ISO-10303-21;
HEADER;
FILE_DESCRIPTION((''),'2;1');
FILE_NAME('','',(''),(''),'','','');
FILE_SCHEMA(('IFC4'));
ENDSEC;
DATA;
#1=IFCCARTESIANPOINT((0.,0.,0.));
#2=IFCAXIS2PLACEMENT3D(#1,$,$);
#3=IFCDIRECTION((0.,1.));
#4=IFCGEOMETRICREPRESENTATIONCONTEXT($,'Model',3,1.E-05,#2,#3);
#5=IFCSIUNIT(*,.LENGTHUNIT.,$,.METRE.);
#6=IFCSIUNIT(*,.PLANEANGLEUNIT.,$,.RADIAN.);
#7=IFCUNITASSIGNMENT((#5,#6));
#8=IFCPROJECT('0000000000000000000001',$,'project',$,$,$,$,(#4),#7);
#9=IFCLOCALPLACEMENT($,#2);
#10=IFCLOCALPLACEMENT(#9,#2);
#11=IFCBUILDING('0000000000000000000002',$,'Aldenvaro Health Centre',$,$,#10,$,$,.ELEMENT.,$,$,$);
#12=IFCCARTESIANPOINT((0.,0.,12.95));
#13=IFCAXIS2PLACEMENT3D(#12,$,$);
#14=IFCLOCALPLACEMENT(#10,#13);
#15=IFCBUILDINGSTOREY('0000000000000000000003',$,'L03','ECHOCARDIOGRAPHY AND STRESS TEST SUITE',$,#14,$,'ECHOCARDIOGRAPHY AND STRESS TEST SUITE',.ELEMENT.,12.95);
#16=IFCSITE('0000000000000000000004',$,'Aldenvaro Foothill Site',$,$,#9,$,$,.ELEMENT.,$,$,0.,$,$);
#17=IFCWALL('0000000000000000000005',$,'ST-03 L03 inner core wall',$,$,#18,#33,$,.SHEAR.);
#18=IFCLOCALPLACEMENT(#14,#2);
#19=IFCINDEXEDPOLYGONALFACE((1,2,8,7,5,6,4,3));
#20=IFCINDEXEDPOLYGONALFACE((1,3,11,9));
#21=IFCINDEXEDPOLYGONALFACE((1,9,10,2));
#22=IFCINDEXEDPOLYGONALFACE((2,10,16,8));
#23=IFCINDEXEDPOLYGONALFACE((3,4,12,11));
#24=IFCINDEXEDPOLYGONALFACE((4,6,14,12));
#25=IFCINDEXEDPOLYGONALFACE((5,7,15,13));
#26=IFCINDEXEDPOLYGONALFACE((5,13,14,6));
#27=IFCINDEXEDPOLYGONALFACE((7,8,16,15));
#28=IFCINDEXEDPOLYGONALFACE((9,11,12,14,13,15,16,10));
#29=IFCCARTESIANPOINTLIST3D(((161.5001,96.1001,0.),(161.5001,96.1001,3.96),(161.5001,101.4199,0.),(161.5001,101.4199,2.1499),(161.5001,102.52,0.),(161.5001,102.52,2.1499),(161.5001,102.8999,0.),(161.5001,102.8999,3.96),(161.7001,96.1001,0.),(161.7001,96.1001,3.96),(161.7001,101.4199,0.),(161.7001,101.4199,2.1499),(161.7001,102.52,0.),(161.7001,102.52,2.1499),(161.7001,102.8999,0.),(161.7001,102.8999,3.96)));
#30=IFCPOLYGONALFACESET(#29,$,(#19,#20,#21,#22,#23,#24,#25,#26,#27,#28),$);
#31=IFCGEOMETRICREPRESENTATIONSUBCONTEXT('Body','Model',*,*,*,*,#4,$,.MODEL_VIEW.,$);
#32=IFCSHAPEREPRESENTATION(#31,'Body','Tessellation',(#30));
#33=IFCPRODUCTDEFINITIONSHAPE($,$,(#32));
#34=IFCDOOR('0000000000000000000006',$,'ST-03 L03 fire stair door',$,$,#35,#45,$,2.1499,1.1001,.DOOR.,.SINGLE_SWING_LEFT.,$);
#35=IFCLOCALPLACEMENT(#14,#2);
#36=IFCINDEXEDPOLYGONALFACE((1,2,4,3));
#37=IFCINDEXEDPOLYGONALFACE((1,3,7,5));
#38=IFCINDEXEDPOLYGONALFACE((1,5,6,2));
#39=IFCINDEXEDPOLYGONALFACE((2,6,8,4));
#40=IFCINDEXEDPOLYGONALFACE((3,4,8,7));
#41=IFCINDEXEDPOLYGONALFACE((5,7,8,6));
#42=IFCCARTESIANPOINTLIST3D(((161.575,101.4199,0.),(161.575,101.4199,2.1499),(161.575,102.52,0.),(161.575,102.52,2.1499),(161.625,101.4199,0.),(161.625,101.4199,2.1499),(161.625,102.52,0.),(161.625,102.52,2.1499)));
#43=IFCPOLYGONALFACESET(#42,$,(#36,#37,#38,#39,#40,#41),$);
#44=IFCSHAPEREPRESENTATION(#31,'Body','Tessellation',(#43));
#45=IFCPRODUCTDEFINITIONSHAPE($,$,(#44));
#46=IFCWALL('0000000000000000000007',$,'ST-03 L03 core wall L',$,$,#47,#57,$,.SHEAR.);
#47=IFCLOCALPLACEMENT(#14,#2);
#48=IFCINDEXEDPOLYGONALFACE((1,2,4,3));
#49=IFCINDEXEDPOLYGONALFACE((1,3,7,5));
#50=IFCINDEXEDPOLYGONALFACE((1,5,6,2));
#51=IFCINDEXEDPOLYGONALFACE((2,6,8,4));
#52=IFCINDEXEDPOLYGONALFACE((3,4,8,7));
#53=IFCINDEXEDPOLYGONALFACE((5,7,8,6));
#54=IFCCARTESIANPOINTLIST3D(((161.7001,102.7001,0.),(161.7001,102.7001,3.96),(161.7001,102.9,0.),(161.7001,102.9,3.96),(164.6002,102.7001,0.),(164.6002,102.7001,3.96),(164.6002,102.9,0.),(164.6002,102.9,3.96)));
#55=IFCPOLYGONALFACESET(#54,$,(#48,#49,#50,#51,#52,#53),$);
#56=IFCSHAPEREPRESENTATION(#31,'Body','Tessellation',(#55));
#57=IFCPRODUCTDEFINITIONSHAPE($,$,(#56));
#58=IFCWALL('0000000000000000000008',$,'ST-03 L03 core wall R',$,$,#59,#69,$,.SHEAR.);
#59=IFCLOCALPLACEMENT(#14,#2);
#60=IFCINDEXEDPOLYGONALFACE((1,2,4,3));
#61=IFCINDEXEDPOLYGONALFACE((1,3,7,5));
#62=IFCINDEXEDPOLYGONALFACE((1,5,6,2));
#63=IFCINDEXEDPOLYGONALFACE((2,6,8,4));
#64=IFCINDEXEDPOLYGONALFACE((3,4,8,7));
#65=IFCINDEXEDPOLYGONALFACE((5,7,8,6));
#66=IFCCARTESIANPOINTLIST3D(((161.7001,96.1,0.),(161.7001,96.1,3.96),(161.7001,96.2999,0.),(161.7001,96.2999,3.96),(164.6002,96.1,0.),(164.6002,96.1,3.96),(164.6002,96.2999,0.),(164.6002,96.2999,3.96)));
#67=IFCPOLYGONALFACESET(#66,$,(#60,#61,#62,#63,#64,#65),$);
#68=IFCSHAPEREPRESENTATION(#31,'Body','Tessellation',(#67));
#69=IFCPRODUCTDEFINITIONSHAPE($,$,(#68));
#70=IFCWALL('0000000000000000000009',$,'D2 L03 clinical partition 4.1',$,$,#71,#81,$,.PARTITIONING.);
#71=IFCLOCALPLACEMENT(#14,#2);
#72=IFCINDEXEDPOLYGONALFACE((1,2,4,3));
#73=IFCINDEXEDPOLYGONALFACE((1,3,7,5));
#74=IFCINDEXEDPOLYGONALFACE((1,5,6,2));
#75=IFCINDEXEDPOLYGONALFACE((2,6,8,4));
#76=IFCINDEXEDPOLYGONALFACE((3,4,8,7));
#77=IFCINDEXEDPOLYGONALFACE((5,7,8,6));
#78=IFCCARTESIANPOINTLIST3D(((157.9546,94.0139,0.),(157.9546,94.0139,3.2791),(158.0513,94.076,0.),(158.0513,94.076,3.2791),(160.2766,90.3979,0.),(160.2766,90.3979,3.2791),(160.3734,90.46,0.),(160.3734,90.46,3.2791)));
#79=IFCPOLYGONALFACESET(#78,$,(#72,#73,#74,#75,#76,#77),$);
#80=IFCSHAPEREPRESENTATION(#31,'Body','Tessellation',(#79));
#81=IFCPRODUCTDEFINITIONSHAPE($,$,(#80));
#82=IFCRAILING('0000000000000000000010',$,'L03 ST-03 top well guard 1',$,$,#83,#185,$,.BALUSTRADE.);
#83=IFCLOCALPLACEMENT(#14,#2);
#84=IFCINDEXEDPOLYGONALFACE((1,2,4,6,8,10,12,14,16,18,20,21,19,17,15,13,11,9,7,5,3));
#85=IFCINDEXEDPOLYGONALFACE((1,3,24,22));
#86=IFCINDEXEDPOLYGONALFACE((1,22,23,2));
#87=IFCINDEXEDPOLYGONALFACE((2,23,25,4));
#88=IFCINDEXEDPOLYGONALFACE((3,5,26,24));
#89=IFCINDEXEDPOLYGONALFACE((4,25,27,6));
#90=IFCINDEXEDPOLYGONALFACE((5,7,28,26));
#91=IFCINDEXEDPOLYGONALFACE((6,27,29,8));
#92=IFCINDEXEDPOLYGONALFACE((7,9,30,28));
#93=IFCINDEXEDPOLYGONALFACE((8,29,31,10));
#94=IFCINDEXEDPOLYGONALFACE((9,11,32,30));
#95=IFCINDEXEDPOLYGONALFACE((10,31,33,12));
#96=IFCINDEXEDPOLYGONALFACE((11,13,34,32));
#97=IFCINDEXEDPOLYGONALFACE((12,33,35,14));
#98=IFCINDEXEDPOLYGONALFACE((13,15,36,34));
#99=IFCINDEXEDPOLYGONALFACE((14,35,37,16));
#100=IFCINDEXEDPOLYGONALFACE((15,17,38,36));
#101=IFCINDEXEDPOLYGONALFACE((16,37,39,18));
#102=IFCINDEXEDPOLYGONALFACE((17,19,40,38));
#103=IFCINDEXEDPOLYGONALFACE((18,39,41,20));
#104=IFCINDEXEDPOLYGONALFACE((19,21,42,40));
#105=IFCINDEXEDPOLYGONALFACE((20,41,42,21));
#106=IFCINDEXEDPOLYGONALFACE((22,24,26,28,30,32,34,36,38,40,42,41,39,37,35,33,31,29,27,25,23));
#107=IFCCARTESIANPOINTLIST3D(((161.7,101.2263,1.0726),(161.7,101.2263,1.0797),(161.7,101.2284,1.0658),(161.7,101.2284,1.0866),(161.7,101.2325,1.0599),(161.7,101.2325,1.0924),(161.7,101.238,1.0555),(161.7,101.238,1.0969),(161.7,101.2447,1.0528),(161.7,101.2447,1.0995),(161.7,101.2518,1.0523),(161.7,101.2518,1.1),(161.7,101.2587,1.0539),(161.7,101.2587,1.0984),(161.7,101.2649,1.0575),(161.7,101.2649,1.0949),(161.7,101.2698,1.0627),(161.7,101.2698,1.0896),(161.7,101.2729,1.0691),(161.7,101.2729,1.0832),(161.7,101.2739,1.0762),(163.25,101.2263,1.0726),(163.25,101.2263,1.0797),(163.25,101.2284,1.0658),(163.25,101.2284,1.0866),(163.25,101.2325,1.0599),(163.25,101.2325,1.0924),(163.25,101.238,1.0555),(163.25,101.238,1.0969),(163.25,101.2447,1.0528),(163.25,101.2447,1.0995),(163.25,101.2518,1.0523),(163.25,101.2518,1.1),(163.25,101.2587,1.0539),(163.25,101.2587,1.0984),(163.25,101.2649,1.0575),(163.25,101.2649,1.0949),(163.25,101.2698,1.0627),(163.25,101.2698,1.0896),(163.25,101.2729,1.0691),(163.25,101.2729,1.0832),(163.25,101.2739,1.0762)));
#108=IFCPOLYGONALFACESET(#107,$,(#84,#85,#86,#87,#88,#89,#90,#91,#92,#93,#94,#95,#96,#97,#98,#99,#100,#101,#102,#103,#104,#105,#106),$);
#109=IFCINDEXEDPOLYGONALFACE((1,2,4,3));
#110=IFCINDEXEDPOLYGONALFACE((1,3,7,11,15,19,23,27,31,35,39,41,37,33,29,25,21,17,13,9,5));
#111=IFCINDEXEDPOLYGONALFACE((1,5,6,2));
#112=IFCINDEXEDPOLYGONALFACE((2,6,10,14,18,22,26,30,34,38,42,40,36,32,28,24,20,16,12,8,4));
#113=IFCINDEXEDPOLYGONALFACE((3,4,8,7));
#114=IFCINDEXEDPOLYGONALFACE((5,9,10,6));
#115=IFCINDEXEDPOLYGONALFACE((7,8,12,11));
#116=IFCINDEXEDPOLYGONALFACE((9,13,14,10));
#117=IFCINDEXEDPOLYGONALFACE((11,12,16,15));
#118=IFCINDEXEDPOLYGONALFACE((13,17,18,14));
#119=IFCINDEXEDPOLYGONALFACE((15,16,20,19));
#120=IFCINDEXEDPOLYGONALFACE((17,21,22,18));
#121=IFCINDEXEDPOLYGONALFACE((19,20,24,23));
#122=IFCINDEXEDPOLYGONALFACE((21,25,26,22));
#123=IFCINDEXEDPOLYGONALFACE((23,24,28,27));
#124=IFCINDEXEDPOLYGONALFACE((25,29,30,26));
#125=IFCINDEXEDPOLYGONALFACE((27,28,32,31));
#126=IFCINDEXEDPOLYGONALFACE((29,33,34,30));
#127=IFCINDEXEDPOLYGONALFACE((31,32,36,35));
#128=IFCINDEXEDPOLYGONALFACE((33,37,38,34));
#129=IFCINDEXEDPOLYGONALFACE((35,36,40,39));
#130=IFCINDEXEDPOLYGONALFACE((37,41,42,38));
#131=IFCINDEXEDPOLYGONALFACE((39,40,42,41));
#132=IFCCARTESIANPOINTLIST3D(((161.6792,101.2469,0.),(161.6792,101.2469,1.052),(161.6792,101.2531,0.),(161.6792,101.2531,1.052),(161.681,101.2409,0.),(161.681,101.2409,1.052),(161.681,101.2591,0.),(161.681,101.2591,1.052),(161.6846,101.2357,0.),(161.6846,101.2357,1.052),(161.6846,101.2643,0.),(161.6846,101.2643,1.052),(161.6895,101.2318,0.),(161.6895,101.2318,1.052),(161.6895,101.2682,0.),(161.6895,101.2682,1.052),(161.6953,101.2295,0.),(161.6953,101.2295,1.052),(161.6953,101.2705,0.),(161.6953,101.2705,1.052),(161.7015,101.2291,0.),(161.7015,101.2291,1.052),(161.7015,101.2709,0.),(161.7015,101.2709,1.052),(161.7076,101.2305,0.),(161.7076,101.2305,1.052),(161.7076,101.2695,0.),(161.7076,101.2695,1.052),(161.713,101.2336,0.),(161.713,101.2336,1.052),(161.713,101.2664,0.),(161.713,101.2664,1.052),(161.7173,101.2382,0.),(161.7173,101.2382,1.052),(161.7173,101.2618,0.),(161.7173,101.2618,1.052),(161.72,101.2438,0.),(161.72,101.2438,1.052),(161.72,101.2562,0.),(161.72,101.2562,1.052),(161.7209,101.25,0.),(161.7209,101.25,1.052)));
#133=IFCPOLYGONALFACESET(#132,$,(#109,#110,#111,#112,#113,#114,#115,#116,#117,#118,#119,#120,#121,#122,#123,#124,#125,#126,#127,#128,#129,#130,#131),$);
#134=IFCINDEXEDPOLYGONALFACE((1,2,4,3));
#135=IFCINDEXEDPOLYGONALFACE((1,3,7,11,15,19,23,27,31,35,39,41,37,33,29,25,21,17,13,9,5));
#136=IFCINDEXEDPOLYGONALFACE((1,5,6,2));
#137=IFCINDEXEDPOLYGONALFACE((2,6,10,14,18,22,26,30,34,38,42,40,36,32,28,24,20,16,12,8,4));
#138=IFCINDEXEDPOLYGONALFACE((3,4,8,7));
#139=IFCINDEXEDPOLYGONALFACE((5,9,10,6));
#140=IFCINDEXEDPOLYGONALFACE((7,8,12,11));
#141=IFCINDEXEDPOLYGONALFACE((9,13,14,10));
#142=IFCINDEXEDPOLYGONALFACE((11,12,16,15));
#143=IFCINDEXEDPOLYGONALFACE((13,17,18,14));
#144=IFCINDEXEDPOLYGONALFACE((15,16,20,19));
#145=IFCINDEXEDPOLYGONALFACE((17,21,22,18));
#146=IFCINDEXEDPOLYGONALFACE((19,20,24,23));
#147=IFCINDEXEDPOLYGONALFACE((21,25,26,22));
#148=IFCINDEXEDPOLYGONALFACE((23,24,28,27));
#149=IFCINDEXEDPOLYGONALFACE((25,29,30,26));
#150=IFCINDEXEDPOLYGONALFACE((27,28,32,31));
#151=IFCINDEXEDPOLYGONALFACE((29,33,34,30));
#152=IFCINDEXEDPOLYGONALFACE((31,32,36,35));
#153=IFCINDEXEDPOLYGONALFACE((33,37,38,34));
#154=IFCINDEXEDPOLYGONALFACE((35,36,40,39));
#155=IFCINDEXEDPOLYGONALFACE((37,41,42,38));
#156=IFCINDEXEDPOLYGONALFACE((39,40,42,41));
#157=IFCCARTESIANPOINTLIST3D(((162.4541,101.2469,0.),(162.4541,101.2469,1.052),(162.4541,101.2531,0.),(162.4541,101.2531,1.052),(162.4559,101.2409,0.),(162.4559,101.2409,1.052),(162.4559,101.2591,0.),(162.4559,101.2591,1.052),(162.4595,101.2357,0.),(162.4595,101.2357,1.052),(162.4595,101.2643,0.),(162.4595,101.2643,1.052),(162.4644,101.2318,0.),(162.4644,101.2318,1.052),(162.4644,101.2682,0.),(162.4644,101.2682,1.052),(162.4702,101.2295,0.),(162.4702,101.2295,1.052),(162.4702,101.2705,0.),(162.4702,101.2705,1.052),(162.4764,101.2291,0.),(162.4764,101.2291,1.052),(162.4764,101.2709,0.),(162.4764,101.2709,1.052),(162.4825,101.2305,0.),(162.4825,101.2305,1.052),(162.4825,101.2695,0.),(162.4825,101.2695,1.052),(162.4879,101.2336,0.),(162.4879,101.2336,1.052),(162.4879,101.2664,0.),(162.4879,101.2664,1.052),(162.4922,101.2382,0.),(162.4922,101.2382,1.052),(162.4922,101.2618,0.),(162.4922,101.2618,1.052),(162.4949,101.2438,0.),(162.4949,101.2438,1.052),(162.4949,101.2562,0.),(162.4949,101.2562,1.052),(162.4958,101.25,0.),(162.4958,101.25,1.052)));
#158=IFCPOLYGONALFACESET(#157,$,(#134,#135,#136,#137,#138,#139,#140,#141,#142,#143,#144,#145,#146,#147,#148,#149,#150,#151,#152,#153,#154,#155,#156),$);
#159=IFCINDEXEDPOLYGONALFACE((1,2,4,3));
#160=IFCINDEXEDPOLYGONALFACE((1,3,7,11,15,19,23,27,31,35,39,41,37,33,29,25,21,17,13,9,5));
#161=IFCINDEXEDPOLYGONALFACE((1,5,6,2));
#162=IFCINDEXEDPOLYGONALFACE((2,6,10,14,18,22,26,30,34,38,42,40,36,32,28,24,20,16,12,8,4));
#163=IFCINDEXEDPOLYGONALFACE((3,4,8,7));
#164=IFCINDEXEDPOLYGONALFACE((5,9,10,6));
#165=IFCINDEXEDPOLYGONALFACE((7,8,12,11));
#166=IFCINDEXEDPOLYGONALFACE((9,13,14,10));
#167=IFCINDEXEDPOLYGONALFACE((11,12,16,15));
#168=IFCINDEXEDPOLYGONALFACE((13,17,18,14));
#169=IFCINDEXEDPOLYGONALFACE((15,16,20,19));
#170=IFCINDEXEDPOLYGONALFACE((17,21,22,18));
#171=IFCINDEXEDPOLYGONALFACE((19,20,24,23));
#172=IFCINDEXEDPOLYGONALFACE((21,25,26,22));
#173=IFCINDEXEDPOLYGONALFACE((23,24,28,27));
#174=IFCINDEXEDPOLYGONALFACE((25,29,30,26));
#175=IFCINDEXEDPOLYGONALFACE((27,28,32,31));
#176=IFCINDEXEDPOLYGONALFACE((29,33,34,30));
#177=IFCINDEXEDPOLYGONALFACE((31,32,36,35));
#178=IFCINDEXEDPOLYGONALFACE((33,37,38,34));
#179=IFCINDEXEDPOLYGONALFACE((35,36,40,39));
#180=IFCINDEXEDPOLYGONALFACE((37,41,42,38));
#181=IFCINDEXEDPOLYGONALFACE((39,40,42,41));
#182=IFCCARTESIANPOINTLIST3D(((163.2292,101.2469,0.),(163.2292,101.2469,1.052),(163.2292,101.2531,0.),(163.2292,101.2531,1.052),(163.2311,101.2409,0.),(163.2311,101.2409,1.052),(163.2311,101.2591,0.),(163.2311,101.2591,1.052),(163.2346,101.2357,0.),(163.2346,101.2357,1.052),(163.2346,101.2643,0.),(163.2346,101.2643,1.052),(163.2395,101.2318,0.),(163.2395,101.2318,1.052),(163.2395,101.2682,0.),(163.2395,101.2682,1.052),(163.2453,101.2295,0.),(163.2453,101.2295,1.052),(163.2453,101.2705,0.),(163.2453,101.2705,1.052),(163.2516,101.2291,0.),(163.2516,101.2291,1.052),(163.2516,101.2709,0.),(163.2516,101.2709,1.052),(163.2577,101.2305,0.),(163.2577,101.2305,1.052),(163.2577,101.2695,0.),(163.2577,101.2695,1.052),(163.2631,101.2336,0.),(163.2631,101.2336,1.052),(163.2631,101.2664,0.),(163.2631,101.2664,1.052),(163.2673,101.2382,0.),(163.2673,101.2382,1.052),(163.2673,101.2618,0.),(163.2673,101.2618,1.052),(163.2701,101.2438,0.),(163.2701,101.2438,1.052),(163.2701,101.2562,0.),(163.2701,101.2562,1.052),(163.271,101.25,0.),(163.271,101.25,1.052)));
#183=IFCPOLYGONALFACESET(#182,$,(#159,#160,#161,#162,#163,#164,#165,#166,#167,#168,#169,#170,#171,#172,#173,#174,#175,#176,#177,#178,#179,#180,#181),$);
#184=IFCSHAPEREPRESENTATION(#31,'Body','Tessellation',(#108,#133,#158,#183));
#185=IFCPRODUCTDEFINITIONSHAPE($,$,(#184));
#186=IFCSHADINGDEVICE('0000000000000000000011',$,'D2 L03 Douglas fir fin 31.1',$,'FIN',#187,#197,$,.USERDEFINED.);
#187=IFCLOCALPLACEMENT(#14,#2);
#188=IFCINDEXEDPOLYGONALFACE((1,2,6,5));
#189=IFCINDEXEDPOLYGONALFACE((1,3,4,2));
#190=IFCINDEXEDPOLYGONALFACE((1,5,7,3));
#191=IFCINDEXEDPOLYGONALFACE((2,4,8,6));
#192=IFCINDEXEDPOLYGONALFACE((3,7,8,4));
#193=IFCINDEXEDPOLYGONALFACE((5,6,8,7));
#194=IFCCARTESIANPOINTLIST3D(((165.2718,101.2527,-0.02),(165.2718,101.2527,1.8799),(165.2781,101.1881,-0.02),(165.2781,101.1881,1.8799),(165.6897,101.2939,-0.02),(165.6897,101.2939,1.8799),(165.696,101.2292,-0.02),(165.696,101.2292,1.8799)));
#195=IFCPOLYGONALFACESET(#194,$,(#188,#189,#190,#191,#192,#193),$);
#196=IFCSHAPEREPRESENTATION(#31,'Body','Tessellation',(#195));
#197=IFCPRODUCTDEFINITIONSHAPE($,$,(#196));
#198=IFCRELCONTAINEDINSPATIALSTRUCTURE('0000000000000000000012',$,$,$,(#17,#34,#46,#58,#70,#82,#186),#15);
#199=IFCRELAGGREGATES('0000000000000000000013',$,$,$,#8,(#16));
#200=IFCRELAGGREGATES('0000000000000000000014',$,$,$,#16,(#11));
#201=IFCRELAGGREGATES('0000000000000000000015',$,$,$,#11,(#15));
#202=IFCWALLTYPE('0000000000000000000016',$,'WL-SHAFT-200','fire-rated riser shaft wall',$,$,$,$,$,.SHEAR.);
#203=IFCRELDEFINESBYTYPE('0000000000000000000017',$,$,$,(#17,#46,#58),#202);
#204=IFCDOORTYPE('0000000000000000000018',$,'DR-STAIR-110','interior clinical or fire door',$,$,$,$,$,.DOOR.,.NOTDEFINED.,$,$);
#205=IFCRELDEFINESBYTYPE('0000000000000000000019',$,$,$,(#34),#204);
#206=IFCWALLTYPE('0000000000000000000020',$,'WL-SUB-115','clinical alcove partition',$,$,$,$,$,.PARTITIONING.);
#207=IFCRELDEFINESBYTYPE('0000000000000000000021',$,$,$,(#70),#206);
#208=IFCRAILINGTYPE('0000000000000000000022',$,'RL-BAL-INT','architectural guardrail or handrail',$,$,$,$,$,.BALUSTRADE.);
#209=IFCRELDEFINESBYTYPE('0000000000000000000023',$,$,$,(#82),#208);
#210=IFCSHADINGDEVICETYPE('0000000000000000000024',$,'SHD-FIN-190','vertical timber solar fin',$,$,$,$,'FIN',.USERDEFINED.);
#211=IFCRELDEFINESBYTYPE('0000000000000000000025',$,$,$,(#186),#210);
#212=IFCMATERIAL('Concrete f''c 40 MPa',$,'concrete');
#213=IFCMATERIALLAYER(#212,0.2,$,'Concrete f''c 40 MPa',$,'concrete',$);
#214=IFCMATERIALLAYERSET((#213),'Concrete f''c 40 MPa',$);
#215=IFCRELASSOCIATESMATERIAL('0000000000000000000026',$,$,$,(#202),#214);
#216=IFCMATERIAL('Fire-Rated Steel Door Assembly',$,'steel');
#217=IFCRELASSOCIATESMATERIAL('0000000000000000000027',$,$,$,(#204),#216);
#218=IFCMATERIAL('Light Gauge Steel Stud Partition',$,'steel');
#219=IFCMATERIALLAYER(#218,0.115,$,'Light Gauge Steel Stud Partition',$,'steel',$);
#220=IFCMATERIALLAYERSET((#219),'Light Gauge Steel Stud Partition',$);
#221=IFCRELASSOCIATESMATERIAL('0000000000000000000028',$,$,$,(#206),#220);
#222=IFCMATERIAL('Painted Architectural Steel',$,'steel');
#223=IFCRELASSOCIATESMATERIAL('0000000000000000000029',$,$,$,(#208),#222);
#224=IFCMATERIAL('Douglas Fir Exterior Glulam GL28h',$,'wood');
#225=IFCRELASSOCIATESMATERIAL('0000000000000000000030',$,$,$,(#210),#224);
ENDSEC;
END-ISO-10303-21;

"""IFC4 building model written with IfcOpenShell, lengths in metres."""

from ifc_helpers import new_model, si_unit, direction, frame, frame_2d, origin, origin_2d, place, context, subcontext, project, spatial, rectangle, circle, extrude, material, layer, layer_set, type_object, element, fill, save


model = new_model("IFC4")

# Units and contexts
model_context = context("Model", 3, precision=1e-05, world=origin(), true_north=direction((0.0, 1.0)))
body_context = subcontext(model_context, "Body", "Model", "MODEL_VIEW")
ifc_project = project(units=[si_unit("LENGTHUNIT", "METRE"), si_unit("PLANEANGLEUNIT", "RADIAN")], contexts=[model_context])

# Site, building, storey
site_placement = place(None, origin())
site = spatial("IfcSite", under=ifc_project, at=site_placement, Name="Aldenvaro Foothill Site", CompositionType="ELEMENT", RefElevation=0.0)
building_placement = place(site_placement, origin())
building = spatial("IfcBuilding", under=site, at=building_placement, Name="Aldenvaro Health Centre", CompositionType="ELEMENT")
storey_placement = place(building_placement, frame((0.0, 0.0, 12.95)))
storey = spatial("IfcBuildingStorey", under=building, at=storey_placement, Name="L03", Description="ECHOCARDIOGRAPHY AND STRESS TEST SUITE", LongName="ECHOCARDIOGRAPHY AND STRESS TEST SUITE", CompositionType="ELEMENT", Elevation=12.95)

# Wall, opening, door
ifc_material_1 = material(Name="Concrete f'c 40 MPa", Category="concrete")
ifc_layer_1 = layer(ifc_material_1, 0.2, Name="Concrete f'c 40 MPa", Category="concrete")
ifc_layer_set_1 = layer_set([ifc_layer_1], Name="Concrete f'c 40 MPa")
wall_type_1 = type_object("IfcWallType", Name="WL-SHAFT-200", Description="fire-rated riser shaft wall", PredefinedType="SHEAR", material=ifc_layer_set_1)
wall_1_placement = place(storey_placement, frame((161.6001, 102.8999, 0.0), z_axis=(0.0, 0.0, 1.0), x_axis=(0.0, -1.0, 0.0)))
wall_1 = element("IfcWall", 1, at=wall_1_placement, inside=storey, type_object=wall_type_1, Name="ST-03 L03 inner core wall", PredefinedType="SHEAR", context=body_context, shape_type="SweptSolid", body=[
    extrude(rectangle(XDim=6.7998, YDim=0.2, at=frame_2d((3.3999, 0.0))), origin(), (0.0, 0.0, 1.0), 3.96),
])
opening_1_placement = place(wall_1_placement, frame((0.3799, 0.0, 0.0)))
opening_1 = element("IfcOpeningElement", 2, at=opening_1_placement, cuts=wall_1, PredefinedType="OPENING", context=body_context, shape_type="SweptSolid", body=[
    extrude(rectangle(XDim=1.1001, YDim=2.1499, at=frame_2d((0.55, 1.075))), frame((0.0, 0.1099, 0.0), z_axis=(0.0, -1.0, 0.0), x_axis=(1.0, 0.0, 0.0)), (0.0, 0.0, 1.0), 0.22),
])
ifc_material_2 = material(Name="Fire-Rated Steel Door Assembly", Category="steel")
door_type_1 = type_object("IfcDoorType", Name="DR-STAIR-110", Description="interior clinical or fire door", OperationType="NOTDEFINED", PredefinedType="DOOR", material=ifc_material_2)
door_1_placement = place(opening_1_placement, origin())
door_1 = element("IfcDoor", 3, at=door_1_placement, inside=storey, type_object=door_type_1, Name="ST-03 L03 fire stair door", OperationType="SINGLE_SWING_LEFT", OverallHeight=2.1499, OverallWidth=1.1001, PredefinedType="DOOR", context=body_context, shape_type="SweptSolid", body=[
    extrude(rectangle(XDim=1.1001, YDim=2.1499, at=frame_2d((0.55, 1.075))), frame((0.0, 0.0249, 0.0), z_axis=(0.0, -1.0, 0.0), x_axis=(1.0, 0.0, 0.0)), (0.0, 0.0, 1.0), 0.05),
])
fill(opening_1, door_1)

# Walls
for number, where, z_axis, x_axis, name in (
    (4, (161.7, 102.8, 0.0), (0.0, 0.0, 1.0), (1.0, 0.0, 0.0), "ST-03 L03 core wall L"),
    (5, (161.7, 96.2, 0.0), (0.0, 0.0, 1.0), (1.0, 0.0, 0.0), "ST-03 L03 core wall R"),
):
    element("IfcWall", number, at=place(storey_placement, frame(where, z_axis=z_axis, x_axis=x_axis)), inside=storey, type_object=wall_type_1, Name=name, PredefinedType="SHEAR", context=body_context, shape_type="SweptSolid", body=[
        extrude(rectangle(XDim=2.9001, YDim=0.2, at=frame_2d((1.4502, 0.0))), origin(), (0.0, 0.0, 1.0), 3.96),
    ])
ifc_material_3 = material(Name="Light Gauge Steel Stud Partition", Category="steel")
ifc_layer_2 = layer(ifc_material_3, 0.115, Name="Light Gauge Steel Stud Partition", Category="steel")
ifc_layer_set_2 = layer_set([ifc_layer_2], Name="Light Gauge Steel Stud Partition")
wall_type_2 = type_object("IfcWallType", Name="WL-SUB-115", Description="clinical alcove partition", PredefinedType="PARTITIONING", material=ifc_layer_set_2)
wall_2_placement = place(storey_placement, frame((158.0029, 94.0449, 0.0), z_axis=(0.0, 0.0, 1.0), x_axis=(0.540341, -0.841446, 0.0)))
element("IfcWall", 6, at=wall_2_placement, inside=storey, type_object=wall_type_2, Name="D2 L03 clinical partition 4.1", PredefinedType="PARTITIONING", context=body_context, shape_type="SweptSolid", body=[
    extrude(rectangle(XDim=4.2974, YDim=0.115, at=frame_2d((2.1487, 0.0))), origin(), (0.0, 0.0, 1.0), 3.2791),
])

# Railing
ifc_material_4 = material(Name="Painted Architectural Steel", Category="steel")
railing_type_1 = type_object("IfcRailingType", Name="RL-BAL-INT", Description="architectural guardrail or handrail", PredefinedType="BALUSTRADE", material=ifc_material_4)
railing_1_placement = place(storey_placement, frame((161.7, 101.25, 0.0)))
element("IfcRailing", 7, at=railing_1_placement, inside=storey, type_object=railing_type_1, Name="L03 ST-03 top well guard 1", PredefinedType="BALUSTRADE", context=body_context, shape_type="SweptSolid", body=[
    extrude(circle(Radius=0.0239, at=origin_2d()), frame((0.0, 0.0, 1.0762), z_axis=(1.0, 0.0, 0.0), x_axis=(0.0, 1.0, 0.0)), (0.0, 0.0, 1.0), 1.55),
    extrude(circle(Radius=0.021, at=origin_2d()), origin(), (0.0, 0.0, 1.0), 1.052),
    extrude(circle(Radius=0.021, at=origin_2d()), frame((0.7749, 0.0, 0.0)), (0.0, 0.0, 1.0), 1.052),
    extrude(circle(Radius=0.021, at=origin_2d()), frame((1.55, 0.0, 0.0)), (0.0, 0.0, 1.0), 1.052),
])

# Shading device
ifc_material_5 = material(Name="Douglas Fir Exterior Glulam GL28h", Category="wood")
shading_device_type_1 = type_object("IfcShadingDeviceType", Name="SHD-FIN-190", Description="vertical timber solar fin", ElementType="FIN", PredefinedType="USERDEFINED", material=ifc_material_5)
shading_device_1_placement = place(storey_placement, frame((165.4839, 101.241, -0.02), z_axis=(0.0, 0.0, 1.0), x_axis=(0.098032, -0.995183, 0.0)))
element("IfcShadingDevice", 8, at=shading_device_1_placement, inside=storey, type_object=shading_device_type_1, Name="D2 L03 Douglas fir fin 31.1", ObjectType="FIN", PredefinedType="USERDEFINED", context=body_context, shape_type="SweptSolid", body=[
    extrude(rectangle(XDim=0.0649, YDim=0.4199, at=origin_2d()), origin(), (0.0, 0.0, 1.0), 1.8999),
])

save(model, "model.ifc")
